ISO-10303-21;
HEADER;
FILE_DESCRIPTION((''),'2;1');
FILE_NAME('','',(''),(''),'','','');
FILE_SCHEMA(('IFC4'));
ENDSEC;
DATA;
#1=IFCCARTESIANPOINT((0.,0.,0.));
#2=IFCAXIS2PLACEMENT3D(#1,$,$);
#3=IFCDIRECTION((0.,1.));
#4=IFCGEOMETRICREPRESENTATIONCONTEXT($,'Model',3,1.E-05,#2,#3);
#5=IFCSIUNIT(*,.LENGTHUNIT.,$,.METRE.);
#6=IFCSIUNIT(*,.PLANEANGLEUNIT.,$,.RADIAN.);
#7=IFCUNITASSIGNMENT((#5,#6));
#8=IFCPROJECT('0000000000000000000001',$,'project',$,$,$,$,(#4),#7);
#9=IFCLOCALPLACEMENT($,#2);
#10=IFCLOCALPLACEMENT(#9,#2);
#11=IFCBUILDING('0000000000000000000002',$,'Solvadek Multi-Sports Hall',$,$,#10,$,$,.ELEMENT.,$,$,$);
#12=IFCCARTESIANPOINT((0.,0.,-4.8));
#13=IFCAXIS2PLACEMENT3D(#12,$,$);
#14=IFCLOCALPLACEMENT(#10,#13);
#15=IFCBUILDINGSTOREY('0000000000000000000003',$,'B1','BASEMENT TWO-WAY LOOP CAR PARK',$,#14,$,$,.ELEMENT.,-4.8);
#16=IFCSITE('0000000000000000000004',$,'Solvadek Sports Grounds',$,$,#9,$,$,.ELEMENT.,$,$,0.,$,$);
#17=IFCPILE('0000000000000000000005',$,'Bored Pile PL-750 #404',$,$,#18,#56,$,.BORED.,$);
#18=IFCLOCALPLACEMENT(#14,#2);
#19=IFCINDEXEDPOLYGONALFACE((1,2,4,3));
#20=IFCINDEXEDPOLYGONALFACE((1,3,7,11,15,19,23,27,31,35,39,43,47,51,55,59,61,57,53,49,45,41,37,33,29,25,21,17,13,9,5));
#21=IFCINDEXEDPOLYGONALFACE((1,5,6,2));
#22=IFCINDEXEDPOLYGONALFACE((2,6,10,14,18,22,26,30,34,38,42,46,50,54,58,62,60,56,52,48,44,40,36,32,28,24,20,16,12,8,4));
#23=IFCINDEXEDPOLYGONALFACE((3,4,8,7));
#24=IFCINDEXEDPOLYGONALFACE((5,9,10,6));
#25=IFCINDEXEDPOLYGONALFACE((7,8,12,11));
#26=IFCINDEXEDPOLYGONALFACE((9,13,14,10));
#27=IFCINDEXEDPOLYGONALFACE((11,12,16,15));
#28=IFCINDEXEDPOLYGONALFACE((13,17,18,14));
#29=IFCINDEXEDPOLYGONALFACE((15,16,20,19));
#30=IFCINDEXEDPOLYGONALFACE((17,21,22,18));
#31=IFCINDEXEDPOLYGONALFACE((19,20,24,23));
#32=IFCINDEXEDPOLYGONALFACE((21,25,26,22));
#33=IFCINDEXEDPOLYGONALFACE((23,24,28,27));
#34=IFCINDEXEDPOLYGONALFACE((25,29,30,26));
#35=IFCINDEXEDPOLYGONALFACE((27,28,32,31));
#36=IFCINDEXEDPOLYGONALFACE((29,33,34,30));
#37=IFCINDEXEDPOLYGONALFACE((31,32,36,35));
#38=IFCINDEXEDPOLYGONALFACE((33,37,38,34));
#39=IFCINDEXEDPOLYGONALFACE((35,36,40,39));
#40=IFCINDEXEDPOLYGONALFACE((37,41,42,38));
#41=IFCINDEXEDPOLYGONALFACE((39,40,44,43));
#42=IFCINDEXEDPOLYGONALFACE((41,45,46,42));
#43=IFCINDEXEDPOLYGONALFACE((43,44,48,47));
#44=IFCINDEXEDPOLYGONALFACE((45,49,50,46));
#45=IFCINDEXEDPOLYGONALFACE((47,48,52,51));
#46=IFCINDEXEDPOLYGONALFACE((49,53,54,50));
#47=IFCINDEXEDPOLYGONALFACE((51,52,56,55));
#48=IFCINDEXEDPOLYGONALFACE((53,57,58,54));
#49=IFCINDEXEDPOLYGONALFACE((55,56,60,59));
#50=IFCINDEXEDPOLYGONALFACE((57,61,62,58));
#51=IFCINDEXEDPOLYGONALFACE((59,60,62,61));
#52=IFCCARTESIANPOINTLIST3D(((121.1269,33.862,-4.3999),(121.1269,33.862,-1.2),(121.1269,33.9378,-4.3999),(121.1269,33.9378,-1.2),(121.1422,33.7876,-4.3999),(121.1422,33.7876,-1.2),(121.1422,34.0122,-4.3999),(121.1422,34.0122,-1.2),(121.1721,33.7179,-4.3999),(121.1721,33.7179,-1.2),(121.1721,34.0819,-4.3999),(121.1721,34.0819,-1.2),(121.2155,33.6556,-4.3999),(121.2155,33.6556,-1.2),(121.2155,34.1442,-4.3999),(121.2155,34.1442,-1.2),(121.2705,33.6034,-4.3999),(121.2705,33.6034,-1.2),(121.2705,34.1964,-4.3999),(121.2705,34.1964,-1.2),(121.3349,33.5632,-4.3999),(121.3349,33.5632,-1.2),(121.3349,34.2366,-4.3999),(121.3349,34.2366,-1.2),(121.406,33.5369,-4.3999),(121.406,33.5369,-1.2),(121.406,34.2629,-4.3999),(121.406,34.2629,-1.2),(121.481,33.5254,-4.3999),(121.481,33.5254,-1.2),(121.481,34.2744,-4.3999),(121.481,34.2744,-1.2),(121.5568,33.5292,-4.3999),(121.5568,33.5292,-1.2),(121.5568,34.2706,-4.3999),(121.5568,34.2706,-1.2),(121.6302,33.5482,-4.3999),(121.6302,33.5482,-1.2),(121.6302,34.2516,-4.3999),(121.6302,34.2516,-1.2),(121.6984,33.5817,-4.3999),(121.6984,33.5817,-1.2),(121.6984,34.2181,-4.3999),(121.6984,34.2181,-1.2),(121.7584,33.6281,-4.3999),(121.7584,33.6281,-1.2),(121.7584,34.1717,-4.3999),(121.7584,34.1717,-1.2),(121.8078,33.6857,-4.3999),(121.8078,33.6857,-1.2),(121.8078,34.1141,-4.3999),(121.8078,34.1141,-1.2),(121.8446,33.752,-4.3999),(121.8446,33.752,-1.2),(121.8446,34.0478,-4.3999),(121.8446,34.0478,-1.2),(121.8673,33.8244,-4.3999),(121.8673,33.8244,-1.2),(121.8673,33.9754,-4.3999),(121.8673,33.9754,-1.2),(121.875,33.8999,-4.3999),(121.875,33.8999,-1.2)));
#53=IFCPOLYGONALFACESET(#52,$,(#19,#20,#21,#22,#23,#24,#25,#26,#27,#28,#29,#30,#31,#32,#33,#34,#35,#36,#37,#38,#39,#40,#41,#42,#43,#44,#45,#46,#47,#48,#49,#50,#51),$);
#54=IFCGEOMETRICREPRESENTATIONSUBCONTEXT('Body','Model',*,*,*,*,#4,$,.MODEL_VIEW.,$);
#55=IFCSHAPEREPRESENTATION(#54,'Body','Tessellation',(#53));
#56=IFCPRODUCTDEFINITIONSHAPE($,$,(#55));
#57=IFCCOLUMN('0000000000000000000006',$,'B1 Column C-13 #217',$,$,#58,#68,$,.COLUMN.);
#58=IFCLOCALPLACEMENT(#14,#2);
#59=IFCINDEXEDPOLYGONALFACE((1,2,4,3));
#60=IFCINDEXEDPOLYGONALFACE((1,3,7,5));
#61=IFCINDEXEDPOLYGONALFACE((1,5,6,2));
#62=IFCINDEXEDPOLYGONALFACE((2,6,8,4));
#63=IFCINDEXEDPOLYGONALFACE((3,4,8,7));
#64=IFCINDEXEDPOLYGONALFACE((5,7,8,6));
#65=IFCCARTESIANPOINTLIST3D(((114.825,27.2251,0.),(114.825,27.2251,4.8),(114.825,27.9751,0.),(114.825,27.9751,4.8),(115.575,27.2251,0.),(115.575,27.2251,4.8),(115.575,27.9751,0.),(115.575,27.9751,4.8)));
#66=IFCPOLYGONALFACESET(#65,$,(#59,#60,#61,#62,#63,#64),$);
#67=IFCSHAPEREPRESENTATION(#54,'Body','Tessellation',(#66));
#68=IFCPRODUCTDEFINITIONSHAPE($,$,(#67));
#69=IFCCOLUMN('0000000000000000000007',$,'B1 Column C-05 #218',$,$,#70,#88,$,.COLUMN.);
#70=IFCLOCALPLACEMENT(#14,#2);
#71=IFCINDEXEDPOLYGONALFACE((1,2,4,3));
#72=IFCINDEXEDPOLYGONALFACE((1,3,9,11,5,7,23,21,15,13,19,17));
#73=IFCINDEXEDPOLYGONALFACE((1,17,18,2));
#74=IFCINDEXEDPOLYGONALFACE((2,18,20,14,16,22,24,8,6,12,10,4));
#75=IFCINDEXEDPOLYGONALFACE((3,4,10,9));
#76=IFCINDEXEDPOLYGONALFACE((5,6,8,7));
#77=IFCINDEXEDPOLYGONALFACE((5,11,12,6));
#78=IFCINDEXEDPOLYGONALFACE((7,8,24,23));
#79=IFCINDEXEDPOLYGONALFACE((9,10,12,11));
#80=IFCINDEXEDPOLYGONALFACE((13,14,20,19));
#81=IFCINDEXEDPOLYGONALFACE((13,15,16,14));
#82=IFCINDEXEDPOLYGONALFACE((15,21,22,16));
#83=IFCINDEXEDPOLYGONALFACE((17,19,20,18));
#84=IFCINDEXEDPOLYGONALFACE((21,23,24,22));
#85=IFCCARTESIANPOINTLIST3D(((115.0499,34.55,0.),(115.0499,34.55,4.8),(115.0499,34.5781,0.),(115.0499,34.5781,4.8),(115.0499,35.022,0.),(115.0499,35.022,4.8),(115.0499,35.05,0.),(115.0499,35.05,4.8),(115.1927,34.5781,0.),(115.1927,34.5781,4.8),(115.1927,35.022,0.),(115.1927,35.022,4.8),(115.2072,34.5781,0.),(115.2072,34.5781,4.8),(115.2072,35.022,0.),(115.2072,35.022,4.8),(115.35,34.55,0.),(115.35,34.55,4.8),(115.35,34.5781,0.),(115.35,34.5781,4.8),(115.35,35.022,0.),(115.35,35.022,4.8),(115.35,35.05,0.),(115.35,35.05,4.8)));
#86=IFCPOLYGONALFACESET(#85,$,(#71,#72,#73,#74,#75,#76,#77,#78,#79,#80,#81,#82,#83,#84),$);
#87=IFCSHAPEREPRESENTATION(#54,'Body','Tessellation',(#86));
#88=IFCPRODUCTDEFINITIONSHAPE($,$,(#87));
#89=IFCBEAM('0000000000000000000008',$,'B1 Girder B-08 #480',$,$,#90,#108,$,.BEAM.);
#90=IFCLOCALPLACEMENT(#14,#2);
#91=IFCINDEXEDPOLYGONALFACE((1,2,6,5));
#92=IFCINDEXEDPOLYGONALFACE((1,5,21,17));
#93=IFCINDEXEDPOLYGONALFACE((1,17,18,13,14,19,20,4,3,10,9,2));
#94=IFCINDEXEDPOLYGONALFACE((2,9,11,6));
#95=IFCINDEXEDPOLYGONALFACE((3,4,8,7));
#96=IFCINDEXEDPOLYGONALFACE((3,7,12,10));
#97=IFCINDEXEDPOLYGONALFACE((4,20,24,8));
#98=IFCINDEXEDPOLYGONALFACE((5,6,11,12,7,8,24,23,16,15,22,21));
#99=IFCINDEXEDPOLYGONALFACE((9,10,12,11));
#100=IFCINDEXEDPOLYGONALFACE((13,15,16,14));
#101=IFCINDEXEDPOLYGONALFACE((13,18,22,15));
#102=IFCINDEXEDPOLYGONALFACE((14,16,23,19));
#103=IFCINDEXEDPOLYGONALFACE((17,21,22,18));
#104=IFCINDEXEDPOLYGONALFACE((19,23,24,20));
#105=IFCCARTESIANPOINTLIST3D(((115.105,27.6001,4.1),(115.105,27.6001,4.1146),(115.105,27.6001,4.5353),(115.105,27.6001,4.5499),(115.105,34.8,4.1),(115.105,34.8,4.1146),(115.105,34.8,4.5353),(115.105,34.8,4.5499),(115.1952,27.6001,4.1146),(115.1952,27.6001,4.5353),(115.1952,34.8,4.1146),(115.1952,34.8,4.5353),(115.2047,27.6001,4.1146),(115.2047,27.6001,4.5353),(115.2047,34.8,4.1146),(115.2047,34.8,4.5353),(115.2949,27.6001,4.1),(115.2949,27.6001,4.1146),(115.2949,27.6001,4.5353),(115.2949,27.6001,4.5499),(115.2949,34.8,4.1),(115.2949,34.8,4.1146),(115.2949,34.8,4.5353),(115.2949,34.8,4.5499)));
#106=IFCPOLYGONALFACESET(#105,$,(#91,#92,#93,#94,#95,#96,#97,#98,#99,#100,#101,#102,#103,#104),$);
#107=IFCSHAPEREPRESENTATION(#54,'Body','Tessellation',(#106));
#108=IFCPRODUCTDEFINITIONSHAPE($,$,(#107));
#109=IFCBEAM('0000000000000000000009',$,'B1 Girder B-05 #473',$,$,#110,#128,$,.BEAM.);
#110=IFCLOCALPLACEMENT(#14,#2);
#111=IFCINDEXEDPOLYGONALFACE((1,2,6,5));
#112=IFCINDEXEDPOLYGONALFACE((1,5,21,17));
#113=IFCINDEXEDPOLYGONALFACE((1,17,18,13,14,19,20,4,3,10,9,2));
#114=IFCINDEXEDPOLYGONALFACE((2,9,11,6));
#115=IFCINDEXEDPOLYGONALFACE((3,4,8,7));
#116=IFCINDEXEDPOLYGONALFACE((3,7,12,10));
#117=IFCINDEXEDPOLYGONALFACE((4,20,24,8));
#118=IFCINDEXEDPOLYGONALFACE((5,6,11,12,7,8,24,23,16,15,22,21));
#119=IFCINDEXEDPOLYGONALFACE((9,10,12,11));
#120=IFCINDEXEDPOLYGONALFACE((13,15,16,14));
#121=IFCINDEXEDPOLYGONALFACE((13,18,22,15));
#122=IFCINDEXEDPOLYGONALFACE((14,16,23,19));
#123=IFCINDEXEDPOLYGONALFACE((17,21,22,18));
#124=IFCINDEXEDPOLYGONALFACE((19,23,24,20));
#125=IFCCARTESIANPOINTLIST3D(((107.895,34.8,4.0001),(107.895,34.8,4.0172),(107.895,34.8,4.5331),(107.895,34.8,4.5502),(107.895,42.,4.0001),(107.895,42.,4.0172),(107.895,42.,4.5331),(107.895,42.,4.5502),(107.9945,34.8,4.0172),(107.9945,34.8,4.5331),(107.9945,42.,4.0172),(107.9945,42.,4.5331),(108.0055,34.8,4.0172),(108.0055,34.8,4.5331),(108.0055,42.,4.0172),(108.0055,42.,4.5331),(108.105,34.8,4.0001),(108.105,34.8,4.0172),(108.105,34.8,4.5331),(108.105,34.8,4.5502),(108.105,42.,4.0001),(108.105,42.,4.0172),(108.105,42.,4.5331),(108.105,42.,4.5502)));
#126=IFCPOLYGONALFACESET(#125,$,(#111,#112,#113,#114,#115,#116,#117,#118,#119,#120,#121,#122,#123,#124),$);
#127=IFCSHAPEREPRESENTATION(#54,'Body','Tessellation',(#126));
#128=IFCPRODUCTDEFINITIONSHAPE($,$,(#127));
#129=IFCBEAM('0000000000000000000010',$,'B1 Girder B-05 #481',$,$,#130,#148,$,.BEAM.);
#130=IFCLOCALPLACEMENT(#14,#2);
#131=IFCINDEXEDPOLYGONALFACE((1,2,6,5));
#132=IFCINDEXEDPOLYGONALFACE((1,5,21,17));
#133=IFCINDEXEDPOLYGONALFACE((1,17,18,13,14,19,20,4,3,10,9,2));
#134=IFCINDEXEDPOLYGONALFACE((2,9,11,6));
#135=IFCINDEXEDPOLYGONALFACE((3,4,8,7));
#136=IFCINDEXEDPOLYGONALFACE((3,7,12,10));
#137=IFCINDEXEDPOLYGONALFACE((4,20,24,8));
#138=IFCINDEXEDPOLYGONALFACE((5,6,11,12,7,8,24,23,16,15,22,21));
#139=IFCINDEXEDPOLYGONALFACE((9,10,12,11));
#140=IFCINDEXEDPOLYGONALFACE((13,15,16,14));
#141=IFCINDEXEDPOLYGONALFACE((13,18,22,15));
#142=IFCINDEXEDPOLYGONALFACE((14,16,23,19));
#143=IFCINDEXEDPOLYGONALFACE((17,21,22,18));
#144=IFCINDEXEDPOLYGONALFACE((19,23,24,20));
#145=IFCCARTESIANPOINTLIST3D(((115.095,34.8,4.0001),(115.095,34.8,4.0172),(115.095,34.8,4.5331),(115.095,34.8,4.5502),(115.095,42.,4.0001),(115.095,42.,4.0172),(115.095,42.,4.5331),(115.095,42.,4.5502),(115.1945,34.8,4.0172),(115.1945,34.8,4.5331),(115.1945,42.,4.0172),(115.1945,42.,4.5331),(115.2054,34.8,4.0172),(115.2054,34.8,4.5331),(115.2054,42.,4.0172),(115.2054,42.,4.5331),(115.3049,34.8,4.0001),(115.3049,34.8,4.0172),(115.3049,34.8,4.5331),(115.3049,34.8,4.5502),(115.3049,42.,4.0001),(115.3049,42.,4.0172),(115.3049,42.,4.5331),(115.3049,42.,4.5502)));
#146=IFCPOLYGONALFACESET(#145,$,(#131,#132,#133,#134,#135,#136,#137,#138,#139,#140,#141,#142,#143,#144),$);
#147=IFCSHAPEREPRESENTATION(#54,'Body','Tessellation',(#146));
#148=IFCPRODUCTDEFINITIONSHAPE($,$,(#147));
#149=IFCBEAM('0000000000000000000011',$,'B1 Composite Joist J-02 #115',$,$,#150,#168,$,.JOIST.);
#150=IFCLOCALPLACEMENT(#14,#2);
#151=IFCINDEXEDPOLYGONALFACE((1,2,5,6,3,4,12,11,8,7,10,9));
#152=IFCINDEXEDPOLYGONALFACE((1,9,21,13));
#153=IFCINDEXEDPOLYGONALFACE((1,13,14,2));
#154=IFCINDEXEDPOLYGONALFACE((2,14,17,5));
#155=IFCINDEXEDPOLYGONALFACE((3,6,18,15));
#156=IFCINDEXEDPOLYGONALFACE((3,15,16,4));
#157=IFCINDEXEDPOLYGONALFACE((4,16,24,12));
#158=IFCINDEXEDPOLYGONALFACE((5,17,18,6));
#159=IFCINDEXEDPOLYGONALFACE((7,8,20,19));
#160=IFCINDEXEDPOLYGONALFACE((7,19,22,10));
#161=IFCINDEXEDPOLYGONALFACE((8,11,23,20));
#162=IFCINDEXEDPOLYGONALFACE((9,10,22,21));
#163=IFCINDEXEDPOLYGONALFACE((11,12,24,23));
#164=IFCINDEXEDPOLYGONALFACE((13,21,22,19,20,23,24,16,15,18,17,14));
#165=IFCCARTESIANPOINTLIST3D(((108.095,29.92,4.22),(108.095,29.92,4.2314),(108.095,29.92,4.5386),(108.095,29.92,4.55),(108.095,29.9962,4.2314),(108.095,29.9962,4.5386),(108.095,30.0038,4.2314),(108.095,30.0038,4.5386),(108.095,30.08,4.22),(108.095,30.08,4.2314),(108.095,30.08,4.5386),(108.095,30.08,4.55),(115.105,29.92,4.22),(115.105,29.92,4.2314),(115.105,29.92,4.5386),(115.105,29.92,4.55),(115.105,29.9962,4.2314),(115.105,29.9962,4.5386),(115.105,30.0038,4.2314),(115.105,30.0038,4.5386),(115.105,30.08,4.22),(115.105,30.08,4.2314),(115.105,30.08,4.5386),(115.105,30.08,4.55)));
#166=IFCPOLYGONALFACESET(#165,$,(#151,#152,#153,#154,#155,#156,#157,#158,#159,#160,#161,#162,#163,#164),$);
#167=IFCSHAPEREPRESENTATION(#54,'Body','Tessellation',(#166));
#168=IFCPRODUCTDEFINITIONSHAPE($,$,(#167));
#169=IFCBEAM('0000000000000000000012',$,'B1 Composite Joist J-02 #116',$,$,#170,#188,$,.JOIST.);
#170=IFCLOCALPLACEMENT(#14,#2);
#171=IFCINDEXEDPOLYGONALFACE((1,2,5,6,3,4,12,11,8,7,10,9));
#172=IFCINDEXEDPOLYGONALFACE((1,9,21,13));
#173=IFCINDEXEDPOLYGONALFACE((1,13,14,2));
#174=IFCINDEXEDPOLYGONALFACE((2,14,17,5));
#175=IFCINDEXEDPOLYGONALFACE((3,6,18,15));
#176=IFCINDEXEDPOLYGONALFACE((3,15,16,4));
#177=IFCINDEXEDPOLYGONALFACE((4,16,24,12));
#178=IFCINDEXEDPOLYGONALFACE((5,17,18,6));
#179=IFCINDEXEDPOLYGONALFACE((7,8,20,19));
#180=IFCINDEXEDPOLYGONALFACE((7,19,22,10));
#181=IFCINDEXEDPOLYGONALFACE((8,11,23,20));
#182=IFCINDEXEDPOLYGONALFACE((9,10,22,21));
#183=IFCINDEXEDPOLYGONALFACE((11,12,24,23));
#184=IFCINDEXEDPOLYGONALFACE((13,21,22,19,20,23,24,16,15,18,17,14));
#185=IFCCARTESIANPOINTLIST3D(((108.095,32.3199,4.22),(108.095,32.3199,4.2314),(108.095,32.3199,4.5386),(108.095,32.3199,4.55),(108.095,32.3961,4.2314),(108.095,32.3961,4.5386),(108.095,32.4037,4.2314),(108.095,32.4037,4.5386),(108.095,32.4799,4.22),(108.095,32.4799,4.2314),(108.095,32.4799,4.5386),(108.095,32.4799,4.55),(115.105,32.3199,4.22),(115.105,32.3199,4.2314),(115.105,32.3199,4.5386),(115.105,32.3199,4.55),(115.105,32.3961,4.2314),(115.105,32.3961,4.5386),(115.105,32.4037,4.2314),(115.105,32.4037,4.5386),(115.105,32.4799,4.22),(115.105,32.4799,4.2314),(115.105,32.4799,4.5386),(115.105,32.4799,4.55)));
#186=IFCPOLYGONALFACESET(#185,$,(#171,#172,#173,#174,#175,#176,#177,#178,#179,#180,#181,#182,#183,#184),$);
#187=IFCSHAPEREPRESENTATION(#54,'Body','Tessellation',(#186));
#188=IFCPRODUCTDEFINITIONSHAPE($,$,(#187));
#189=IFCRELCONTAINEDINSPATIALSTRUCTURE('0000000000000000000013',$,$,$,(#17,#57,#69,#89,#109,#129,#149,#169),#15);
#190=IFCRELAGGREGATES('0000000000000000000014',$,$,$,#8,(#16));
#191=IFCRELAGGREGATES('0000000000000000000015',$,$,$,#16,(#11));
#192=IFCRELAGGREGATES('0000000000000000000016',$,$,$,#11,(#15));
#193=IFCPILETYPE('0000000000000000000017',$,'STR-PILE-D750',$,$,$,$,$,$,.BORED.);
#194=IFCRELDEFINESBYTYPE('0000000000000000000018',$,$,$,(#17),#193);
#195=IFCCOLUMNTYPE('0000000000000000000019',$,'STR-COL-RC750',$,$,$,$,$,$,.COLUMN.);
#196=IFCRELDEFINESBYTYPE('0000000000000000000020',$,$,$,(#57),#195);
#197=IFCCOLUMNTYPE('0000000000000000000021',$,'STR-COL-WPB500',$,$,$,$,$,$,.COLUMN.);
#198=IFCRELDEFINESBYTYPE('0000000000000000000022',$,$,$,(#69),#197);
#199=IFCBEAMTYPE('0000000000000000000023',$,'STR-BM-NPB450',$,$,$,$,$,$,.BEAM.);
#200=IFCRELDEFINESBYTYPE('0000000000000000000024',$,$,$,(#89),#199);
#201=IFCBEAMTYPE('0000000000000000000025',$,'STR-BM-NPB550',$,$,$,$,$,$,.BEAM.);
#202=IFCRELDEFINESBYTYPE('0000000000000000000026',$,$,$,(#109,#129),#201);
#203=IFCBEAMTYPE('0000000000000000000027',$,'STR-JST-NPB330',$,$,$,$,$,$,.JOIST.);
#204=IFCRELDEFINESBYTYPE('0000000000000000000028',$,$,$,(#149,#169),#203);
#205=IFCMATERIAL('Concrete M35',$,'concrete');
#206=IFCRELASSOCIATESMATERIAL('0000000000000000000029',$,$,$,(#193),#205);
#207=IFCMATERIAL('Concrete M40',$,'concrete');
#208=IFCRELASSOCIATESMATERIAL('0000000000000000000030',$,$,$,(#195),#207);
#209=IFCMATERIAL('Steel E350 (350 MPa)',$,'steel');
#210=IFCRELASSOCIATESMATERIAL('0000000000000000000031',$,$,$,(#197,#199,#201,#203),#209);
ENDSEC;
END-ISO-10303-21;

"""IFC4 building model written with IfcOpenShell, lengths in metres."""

from ifc_helpers import new_model, si_unit, direction, frame, origin, origin_2d, place, context, subcontext, project, spatial, rectangle, circle, i_section, extrude, material, material_profile, profile_set, type_object, element, save


model = new_model("IFC4")

# Units and contexts
model_context = context("Model", 3, precision=1e-05, world=origin(), true_north=direction((0.0, 1.0)))
body_context = subcontext(model_context, "Body", "Model", "MODEL_VIEW")
ifc_project = project(units=[si_unit("LENGTHUNIT", "METRE"), si_unit("PLANEANGLEUNIT", "RADIAN")], contexts=[model_context])

# Site, building, storey
site_placement = place(None, origin())
site = spatial("IfcSite", under=ifc_project, at=site_placement, Name="Solvadek Sports Grounds", CompositionType="ELEMENT", RefElevation=0.0)
building_placement = place(site_placement, origin())
building = spatial("IfcBuilding", under=site, at=building_placement, Name="Solvadek Multi-Sports Hall", CompositionType="ELEMENT")
storey_placement = place(building_placement, frame((0.0, 0.0, -4.8)))
storey = spatial("IfcBuildingStorey", under=building, at=storey_placement, Name="B1", Description="BASEMENT TWO-WAY LOOP CAR PARK", CompositionType="ELEMENT", Elevation=-4.8)

# Shared definitions
ifc_material_1 = material(Name="Concrete M40", Category="concrete")

# Pile
ifc_material_2 = material(Name="Concrete M35", Category="concrete")
ifc_material_profile_1 = material_profile(ifc_material_2, circle(Radius=0.375, at=origin_2d()), Name="BORED PILE D750")
ifc_profile_set_1 = profile_set([ifc_material_profile_1], Name="Concrete M35")
pile_type_1 = type_object("IfcPileType", Name="STR-PILE-D750", PredefinedType="BORED", material=ifc_profile_set_1)
for number, where, z_axis, x_axis, name in (
    (1, (121.5, 33.8999, -1.2), (0.0, 0.0, -1.0), (1.0, 0.0, 0.0), "Bored Pile PL-750 #404"),
):
    element("IfcPile", number, at=place(storey_placement, frame(where, z_axis=z_axis, x_axis=x_axis)), inside=storey, type_object=pile_type_1, Name=name, PredefinedType="BORED", context=body_context, shape_type="SweptSolid", body=[
        extrude(circle(Radius=0.375, at=origin_2d()), origin(), (0.0, 0.0, 1.0), 3.2),
    ])

# Columns
ifc_material_profile_2 = material_profile(ifc_material_1, rectangle(XDim=0.75, YDim=0.75, at=origin_2d()), Name="RC 750x750")
ifc_profile_set_2 = profile_set([ifc_material_profile_2], Name="Concrete M40")
column_type_1 = type_object("IfcColumnType", Name="STR-COL-RC750", PredefinedType="COLUMN", material=ifc_profile_set_2)
column_1_placement = place(storey_placement, frame((115.2, 27.6001, 0.0), z_axis=(0.0, 0.0, 1.0), x_axis=(1.0, 0.0, 0.0)))
element("IfcColumn", 2, at=column_1_placement, inside=storey, type_object=column_type_1, Name="B1 Column C-13 #217", PredefinedType="COLUMN", context=body_context, shape_type="SweptSolid", body=[
    extrude(rectangle(XDim=0.75, YDim=0.75, at=origin_2d()), origin(), (0.0, 0.0, 1.0), 4.8),
])
ifc_material_3 = material(Name="Steel E350 (350 MPa)", Category="steel")
ifc_material_profile_3 = material_profile(ifc_material_3, i_section(OverallWidth=0.3, OverallDepth=0.5, WebThickness=0.0144, FlangeThickness=0.0281, at=origin_2d()), Name="WPB 500")
ifc_profile_set_3 = profile_set([ifc_material_profile_3], Name="Steel E350 (350 MPa)")
column_type_2 = type_object("IfcColumnType", Name="STR-COL-WPB500", PredefinedType="COLUMN", material=ifc_profile_set_3)
column_2_placement = place(storey_placement, frame((115.2, 34.8, 0.0), z_axis=(0.0, 0.0, 1.0), x_axis=(1.0, 0.0, 0.0)))
element("IfcColumn", 3, at=column_2_placement, inside=storey, type_object=column_type_2, Name="B1 Column C-05 #218", PredefinedType="COLUMN", context=body_context, shape_type="SweptSolid", body=[
    extrude(i_section(OverallWidth=0.3, OverallDepth=0.5, WebThickness=0.0144, FlangeThickness=0.0281, at=origin_2d()), origin(), (0.0, 0.0, 1.0), 4.8),
])

# Beams
ifc_material_profile_4 = material_profile(ifc_material_3, i_section(OverallWidth=0.1899, OverallDepth=0.45, WebThickness=0.0095, FlangeThickness=0.0146, at=origin_2d()), Name="NPB 450")
ifc_profile_set_4 = profile_set([ifc_material_profile_4], Name="Steel E350 (350 MPa)")
beam_type_1 = type_object("IfcBeamType", Name="STR-BM-NPB450", PredefinedType="BEAM", material=ifc_profile_set_4)
beam_placement = place(storey_placement, frame((115.2, 27.6001, 4.325), z_axis=(0.0, 1.0, 0.0), x_axis=(-1.0, 0.0, 0.0)))
element("IfcBeam", 4, at=beam_placement, inside=storey, type_object=beam_type_1, Name="B1 Girder B-08 #480", PredefinedType="BEAM", context=body_context, shape_type="SweptSolid", body=[
    extrude(i_section(OverallWidth=0.1899, OverallDepth=0.45, WebThickness=0.0095, FlangeThickness=0.0146, at=origin_2d()), origin(), (0.0, 0.0, 1.0), 7.2),
])
ifc_material_profile_5 = material_profile(ifc_material_3, i_section(OverallWidth=0.21, OverallDepth=0.55, WebThickness=0.011, FlangeThickness=0.0171, at=origin_2d()), Name="NPB 550")
ifc_profile_set_5 = profile_set([ifc_material_profile_5], Name="Steel E350 (350 MPa)")
beam_type_2 = type_object("IfcBeamType", Name="STR-BM-NPB550", PredefinedType="BEAM", material=ifc_profile_set_5)
for number, where, z_axis, x_axis, name in (
    (5, (108.0, 34.8, 4.2751), (0.0, 1.0, 0.0), (-1.0, 0.0, 0.0), "B1 Girder B-05 #473"),
    (6, (115.2, 34.8, 4.2751), (0.0, 1.0, 0.0), (-1.0, 0.0, 0.0), "B1 Girder B-05 #481"),
):
    element("IfcBeam", number, at=place(storey_placement, frame(where, z_axis=z_axis, x_axis=x_axis)), inside=storey, type_object=beam_type_2, Name=name, PredefinedType="BEAM", context=body_context, shape_type="SweptSolid", body=[
        extrude(i_section(OverallWidth=0.21, OverallDepth=0.55, WebThickness=0.011, FlangeThickness=0.0171, at=origin_2d()), origin(), (0.0, 0.0, 1.0), 7.2),
    ])
ifc_material_profile_6 = material_profile(ifc_material_3, i_section(OverallWidth=0.1599, OverallDepth=0.3301, WebThickness=0.0076, FlangeThickness=0.0115, at=origin_2d()), Name="NPB 330")
ifc_profile_set_6 = profile_set([ifc_material_profile_6], Name="Steel E350 (350 MPa)")
beam_type_3 = type_object("IfcBeamType", Name="STR-JST-NPB330", PredefinedType="JOIST", material=ifc_profile_set_6)
for number, where, z_axis, x_axis, name in (
    (7, (108.095, 30.0, 4.385), (1.0, 0.0, 0.0), (0.0, 1.0, 0.0), "B1 Composite Joist J-02 #115"),
    (8, (108.095, 32.3999, 4.385), (1.0, 0.0, 0.0), (0.0, 1.0, 0.0), "B1 Composite Joist J-02 #116"),
):
    element("IfcBeam", number, at=place(storey_placement, frame(where, z_axis=z_axis, x_axis=x_axis)), inside=storey, type_object=beam_type_3, Name=name, PredefinedType="JOIST", context=body_context, shape_type="SweptSolid", body=[
        extrude(i_section(OverallWidth=0.1599, OverallDepth=0.3301, WebThickness=0.0076, FlangeThickness=0.0115, at=origin_2d()), origin(), (0.0, 0.0, 1.0), 7.01),
    ])

save(model, "model.ifc")
